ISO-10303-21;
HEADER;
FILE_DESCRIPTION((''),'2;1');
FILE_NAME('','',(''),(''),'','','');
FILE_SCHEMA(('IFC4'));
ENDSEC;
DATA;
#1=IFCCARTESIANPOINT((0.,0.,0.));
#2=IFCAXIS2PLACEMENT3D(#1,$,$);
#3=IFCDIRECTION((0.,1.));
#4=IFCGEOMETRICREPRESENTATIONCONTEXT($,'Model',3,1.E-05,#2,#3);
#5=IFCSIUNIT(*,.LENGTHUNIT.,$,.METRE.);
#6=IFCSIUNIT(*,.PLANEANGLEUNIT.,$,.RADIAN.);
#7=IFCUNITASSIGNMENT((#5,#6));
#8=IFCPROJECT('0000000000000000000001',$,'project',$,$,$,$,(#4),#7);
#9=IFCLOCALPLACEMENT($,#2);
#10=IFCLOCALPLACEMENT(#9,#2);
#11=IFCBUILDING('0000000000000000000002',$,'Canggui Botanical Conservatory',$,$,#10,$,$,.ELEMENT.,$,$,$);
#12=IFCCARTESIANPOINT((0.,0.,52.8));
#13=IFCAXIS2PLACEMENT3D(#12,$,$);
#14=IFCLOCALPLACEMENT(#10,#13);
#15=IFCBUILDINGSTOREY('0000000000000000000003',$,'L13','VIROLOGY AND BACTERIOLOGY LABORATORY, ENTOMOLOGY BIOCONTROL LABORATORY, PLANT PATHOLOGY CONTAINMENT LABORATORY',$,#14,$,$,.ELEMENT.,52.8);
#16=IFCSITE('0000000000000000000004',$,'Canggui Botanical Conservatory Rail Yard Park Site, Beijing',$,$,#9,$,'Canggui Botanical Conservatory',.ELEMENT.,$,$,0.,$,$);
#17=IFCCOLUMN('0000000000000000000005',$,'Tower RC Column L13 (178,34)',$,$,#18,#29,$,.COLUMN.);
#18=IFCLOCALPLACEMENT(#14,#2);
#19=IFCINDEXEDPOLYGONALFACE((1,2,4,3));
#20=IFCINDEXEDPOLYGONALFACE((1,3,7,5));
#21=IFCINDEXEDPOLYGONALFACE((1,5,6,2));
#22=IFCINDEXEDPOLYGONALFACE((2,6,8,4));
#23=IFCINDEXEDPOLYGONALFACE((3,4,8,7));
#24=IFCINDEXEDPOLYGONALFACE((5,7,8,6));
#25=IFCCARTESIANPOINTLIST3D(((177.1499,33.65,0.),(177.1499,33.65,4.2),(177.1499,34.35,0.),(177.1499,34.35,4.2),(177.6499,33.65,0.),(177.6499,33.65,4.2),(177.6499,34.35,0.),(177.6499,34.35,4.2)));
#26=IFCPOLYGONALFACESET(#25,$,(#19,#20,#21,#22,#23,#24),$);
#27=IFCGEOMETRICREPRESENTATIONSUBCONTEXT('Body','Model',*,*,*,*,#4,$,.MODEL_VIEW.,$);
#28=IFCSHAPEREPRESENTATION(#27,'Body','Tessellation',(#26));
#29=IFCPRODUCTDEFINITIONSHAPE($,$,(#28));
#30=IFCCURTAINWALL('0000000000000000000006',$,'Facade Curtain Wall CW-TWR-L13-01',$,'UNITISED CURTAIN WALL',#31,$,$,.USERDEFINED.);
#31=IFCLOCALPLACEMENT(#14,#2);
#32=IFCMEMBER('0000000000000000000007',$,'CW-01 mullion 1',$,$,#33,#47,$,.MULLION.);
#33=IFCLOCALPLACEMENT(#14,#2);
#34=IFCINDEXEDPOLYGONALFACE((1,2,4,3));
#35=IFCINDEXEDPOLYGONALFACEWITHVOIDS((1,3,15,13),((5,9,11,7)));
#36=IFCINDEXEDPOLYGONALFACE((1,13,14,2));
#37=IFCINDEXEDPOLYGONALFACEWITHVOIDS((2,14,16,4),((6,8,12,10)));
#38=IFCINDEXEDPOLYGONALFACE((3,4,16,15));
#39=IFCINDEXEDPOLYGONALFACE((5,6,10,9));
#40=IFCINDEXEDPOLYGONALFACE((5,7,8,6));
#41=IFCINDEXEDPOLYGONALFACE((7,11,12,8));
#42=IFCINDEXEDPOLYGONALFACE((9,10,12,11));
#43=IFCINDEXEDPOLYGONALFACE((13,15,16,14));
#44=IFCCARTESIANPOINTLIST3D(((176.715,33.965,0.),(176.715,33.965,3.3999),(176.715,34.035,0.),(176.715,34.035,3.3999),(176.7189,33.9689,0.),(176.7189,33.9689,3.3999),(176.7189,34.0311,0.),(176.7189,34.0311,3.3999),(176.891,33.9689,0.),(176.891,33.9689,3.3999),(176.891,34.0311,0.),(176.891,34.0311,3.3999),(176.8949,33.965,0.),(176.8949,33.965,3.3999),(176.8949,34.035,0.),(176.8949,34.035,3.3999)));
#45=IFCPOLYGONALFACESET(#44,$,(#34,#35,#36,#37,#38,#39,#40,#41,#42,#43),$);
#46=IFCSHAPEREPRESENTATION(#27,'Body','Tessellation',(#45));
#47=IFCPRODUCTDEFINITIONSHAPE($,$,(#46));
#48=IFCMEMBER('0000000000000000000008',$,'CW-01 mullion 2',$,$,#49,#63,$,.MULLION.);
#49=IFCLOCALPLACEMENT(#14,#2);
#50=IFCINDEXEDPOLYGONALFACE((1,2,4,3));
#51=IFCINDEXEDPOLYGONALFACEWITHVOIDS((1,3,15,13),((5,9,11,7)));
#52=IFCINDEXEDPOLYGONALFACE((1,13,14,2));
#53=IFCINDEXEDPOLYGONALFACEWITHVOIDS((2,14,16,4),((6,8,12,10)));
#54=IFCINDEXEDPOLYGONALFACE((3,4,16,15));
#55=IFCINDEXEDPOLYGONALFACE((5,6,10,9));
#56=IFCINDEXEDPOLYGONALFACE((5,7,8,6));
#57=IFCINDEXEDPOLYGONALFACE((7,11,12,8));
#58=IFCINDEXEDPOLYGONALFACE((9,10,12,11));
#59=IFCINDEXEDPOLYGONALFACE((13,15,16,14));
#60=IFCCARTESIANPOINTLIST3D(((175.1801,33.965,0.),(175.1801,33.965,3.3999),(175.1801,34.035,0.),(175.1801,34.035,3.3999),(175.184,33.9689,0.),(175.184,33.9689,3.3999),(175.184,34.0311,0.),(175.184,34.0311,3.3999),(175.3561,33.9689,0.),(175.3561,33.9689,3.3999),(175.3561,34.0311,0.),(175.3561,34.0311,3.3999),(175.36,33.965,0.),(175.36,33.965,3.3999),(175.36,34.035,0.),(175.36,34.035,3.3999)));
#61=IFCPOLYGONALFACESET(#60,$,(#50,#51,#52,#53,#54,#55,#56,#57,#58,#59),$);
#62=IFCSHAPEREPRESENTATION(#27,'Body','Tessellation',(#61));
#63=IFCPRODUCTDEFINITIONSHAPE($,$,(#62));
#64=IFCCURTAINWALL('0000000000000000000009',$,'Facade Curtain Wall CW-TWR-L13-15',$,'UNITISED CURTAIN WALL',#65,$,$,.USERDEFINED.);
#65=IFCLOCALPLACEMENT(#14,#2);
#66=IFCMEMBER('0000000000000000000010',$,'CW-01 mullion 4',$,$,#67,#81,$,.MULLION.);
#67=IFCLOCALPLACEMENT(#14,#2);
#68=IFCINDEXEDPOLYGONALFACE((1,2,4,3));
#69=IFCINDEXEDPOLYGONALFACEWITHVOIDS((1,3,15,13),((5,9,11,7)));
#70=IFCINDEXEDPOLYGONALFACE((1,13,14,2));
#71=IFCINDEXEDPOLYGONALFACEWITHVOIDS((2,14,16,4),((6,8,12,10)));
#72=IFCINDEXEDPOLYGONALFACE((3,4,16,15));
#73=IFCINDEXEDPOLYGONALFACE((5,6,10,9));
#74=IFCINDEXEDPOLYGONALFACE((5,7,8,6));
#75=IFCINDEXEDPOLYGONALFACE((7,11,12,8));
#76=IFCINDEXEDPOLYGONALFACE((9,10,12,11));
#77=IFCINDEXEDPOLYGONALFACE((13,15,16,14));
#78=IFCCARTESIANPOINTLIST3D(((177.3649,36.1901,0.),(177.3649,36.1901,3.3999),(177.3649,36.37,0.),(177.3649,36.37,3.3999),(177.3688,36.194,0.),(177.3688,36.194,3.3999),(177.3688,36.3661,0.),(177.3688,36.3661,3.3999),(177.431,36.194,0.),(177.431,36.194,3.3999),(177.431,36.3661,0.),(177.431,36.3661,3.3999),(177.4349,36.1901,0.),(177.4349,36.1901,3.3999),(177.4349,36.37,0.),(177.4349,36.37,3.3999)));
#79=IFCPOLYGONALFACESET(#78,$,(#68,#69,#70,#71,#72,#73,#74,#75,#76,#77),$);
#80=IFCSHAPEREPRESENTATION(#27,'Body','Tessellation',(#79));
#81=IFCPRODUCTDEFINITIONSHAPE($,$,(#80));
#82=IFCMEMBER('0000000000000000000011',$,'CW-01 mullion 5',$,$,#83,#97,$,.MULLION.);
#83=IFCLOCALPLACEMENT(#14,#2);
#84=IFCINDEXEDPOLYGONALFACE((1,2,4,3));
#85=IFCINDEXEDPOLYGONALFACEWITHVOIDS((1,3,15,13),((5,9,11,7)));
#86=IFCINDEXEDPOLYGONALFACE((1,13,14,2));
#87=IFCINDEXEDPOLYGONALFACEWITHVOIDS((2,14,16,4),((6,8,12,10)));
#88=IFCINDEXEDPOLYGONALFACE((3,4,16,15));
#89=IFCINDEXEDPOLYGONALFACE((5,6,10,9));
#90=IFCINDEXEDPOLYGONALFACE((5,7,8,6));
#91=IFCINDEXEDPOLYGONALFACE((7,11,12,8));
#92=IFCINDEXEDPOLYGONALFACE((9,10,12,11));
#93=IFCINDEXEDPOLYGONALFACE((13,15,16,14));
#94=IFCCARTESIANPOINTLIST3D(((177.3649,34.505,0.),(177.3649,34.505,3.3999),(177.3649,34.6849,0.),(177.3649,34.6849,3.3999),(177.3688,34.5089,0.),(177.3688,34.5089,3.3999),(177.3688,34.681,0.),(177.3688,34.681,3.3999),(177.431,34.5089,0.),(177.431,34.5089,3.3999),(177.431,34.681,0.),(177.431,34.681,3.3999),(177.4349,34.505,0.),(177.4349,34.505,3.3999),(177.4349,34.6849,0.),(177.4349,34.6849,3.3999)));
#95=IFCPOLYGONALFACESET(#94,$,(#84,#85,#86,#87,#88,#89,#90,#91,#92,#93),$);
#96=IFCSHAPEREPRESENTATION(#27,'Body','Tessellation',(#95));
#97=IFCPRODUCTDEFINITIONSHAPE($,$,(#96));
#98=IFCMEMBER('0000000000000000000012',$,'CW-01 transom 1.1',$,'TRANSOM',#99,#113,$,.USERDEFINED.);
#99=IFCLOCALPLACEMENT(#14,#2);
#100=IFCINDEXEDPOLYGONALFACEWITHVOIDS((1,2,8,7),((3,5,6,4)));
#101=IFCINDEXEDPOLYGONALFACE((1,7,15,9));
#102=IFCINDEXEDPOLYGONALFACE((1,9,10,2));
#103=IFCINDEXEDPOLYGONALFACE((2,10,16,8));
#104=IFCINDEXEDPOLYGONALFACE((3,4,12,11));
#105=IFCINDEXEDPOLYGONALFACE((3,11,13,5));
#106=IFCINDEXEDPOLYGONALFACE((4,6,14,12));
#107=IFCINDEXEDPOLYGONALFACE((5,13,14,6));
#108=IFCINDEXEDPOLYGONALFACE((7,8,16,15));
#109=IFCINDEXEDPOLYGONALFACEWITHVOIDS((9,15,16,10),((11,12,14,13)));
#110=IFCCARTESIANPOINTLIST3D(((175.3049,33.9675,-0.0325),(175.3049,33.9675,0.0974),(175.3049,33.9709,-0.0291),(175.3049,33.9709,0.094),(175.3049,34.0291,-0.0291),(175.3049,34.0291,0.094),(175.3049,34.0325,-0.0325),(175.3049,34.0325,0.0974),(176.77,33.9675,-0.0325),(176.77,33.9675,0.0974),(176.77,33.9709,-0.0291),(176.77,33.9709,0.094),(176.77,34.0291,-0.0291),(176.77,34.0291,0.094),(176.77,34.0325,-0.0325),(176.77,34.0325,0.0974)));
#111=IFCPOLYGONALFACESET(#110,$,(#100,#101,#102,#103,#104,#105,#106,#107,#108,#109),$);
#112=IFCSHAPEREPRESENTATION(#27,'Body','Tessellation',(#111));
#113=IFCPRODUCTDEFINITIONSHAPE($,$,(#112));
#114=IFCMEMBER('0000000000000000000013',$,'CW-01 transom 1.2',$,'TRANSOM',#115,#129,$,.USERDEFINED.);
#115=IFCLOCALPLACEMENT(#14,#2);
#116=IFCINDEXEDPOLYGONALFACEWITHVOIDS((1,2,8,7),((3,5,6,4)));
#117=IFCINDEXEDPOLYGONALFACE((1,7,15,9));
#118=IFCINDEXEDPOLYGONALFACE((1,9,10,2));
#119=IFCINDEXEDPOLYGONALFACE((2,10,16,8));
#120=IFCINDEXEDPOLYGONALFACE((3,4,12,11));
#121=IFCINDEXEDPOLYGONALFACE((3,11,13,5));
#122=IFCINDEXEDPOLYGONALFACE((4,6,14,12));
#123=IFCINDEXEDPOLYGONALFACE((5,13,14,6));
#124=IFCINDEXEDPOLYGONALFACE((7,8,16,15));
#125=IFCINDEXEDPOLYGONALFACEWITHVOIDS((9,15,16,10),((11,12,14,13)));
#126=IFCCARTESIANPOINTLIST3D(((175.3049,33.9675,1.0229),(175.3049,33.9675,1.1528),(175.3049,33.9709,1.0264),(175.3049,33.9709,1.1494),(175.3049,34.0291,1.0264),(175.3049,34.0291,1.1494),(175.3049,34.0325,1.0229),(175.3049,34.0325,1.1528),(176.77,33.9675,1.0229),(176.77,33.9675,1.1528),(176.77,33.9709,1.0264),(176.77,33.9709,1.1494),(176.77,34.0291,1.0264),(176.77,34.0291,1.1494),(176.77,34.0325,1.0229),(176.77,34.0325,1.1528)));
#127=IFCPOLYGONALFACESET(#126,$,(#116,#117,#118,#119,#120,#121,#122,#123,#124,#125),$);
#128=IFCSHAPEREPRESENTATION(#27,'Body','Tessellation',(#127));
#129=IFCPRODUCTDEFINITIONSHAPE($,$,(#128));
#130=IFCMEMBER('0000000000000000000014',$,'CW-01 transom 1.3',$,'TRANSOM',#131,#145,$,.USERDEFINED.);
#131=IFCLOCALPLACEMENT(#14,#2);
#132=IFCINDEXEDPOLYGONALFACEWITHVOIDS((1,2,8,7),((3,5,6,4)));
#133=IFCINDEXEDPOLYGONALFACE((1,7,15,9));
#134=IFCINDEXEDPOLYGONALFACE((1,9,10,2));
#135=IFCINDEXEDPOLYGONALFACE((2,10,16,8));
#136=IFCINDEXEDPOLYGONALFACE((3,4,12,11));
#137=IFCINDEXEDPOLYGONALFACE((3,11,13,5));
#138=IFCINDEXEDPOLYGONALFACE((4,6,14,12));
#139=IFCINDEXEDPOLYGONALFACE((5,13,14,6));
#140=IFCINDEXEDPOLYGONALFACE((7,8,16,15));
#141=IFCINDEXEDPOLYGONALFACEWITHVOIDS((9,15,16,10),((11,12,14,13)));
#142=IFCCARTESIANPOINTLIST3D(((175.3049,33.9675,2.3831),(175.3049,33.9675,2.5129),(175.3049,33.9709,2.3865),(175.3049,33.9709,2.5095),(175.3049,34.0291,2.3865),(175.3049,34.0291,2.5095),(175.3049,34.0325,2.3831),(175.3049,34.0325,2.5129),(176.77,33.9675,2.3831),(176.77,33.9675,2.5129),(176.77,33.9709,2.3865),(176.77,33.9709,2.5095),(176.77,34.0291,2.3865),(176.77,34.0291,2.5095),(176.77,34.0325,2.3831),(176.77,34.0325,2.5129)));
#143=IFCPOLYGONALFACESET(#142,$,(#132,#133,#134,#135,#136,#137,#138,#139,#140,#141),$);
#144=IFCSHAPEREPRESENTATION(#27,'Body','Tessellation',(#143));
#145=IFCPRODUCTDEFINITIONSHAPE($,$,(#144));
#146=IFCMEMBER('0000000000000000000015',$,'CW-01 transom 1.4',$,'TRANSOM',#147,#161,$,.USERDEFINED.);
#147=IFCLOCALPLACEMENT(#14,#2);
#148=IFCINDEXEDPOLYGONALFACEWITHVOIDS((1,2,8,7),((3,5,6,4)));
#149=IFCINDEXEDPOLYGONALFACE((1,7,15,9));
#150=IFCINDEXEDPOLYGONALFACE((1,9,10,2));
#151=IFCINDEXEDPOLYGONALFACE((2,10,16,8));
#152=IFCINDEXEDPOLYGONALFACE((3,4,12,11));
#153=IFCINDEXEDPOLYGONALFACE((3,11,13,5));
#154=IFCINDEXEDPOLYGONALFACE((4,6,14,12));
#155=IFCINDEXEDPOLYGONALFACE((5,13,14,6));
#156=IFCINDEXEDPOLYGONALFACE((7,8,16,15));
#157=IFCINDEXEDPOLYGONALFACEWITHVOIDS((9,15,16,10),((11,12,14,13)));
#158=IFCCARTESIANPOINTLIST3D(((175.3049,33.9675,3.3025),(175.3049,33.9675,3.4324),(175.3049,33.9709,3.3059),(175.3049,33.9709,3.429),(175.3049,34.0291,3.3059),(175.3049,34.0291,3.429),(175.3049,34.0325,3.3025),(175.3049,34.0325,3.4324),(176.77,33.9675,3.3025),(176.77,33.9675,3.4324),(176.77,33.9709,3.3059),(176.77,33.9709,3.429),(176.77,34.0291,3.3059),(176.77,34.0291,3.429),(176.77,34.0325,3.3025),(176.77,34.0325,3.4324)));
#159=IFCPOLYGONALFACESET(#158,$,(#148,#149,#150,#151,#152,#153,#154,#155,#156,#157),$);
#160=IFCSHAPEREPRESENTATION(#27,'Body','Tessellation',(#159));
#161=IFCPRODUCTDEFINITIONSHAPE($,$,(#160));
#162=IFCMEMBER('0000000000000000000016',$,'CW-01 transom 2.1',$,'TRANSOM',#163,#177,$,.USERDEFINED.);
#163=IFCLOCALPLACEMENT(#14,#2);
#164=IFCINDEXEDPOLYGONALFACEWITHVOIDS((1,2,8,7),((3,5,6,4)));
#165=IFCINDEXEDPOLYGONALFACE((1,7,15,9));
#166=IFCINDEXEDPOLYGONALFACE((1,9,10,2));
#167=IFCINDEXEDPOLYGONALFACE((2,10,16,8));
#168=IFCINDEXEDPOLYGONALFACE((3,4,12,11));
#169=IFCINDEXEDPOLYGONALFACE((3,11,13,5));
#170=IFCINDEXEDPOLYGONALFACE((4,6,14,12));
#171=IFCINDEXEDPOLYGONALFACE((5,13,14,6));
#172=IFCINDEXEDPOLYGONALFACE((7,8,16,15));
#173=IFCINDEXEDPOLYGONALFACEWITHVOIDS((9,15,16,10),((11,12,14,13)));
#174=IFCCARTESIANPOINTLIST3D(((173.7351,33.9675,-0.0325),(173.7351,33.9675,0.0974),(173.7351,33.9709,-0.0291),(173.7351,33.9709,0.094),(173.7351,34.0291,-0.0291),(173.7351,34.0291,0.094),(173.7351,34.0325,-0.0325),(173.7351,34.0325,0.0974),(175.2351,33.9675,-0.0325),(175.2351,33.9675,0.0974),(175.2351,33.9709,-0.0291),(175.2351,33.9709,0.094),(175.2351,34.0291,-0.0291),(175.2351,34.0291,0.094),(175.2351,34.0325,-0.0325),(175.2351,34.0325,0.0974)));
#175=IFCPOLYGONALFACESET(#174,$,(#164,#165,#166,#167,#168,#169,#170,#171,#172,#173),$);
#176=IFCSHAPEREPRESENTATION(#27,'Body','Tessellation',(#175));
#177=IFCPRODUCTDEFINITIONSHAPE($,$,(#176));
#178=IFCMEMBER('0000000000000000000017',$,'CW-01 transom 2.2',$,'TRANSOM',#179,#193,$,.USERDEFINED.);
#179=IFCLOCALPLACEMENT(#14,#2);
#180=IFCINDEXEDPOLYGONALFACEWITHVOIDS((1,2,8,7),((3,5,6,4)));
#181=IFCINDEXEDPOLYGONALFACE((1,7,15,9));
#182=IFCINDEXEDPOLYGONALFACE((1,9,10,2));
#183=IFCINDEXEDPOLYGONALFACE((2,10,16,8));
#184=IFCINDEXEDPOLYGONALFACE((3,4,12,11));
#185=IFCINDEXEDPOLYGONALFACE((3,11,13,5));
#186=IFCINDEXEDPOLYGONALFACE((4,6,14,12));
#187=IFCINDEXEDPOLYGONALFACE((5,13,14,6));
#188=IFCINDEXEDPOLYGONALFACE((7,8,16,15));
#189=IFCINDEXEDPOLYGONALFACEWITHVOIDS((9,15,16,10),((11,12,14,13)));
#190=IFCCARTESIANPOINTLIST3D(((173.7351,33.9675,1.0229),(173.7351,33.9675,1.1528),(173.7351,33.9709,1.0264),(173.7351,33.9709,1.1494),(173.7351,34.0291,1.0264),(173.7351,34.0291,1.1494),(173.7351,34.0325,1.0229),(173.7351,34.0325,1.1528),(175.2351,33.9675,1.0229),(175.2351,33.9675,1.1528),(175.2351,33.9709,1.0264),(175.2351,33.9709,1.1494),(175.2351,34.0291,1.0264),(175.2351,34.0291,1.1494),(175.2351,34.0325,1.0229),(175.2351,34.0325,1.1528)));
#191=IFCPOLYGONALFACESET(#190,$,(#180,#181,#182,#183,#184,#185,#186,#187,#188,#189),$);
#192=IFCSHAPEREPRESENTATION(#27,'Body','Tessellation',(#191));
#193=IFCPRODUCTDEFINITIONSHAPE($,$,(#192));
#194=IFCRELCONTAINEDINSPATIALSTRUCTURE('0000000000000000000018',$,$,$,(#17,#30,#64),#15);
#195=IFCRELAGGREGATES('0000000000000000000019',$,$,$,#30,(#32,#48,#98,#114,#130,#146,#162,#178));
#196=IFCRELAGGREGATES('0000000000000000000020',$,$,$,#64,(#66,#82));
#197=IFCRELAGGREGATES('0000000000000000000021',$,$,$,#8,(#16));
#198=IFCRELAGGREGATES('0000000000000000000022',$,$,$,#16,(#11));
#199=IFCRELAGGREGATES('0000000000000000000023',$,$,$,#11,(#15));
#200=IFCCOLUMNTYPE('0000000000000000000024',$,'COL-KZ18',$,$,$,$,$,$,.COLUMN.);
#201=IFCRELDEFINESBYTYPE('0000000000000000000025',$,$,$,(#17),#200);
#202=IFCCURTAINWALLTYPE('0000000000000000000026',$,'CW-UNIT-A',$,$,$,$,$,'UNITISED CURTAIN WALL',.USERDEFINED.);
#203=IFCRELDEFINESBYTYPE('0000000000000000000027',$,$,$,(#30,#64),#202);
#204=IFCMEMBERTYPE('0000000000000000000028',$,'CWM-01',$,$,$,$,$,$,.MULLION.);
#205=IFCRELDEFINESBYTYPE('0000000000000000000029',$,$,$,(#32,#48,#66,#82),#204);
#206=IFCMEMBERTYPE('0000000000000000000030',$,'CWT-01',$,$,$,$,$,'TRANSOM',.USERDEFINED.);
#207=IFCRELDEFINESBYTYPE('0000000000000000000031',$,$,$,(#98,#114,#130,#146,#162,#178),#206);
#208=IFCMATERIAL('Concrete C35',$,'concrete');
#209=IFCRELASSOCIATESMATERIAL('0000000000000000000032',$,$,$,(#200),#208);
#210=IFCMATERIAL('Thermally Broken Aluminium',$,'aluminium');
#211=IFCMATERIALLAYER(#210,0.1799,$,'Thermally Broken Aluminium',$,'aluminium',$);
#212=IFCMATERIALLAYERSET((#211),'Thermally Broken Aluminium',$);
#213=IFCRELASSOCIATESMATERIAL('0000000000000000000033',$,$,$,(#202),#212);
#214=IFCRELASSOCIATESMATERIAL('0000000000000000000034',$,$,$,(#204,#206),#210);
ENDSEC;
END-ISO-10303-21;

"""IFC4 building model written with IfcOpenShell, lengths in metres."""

from ifc_helpers import new_model, si_unit, direction, frame, origin, origin_2d, place, context, subcontext, project, spatial, rectangle, hollow_rectangle, extrude, material, layer, layer_set, material_profile, profile_set, type_object, element, aggregate, save


model = new_model("IFC4")

# Units and contexts
model_context = context("Model", 3, precision=1e-05, world=origin(), true_north=direction((0.0, 1.0)))
body_context = subcontext(model_context, "Body", "Model", "MODEL_VIEW")
ifc_project = project(units=[si_unit("LENGTHUNIT", "METRE"), si_unit("PLANEANGLEUNIT", "RADIAN")], contexts=[model_context])

# Site, building, storey
site_placement = place(None, origin())
site = spatial("IfcSite", under=ifc_project, at=site_placement, Name="Canggui Botanical Conservatory Rail Yard Park Site, Beijing", LongName="Canggui Botanical Conservatory", CompositionType="ELEMENT", RefElevation=0.0)
building_placement = place(site_placement, origin())
building = spatial("IfcBuilding", under=site, at=building_placement, Name="Canggui Botanical Conservatory", CompositionType="ELEMENT")
storey_placement = place(building_placement, frame((0.0, 0.0, 52.8)))
storey = spatial("IfcBuildingStorey", under=building, at=storey_placement, Name="L13", Description="VIROLOGY AND BACTERIOLOGY LABORATORY, ENTOMOLOGY BIOCONTROL LABORATORY, PLANT PATHOLOGY CONTAINMENT LABORATORY", CompositionType="ELEMENT", Elevation=52.8)

# Column
ifc_material_1 = material(Name="Concrete C35", Category="concrete")
ifc_material_profile_1 = material_profile(ifc_material_1, rectangle(XDim=0.5, YDim=0.7, at=origin_2d()), Name="RC 500x700")
ifc_profile_set_1 = profile_set([ifc_material_profile_1], Name="Concrete C35")
column_type = type_object("IfcColumnType", Name="COL-KZ18", PredefinedType="COLUMN", material=ifc_profile_set_1)
column_placement = place(storey_placement, frame((177.3999, 34.0, 0.0), z_axis=(0.0, 0.0, 1.0), x_axis=(1.0, 0.0, 0.0)))
element("IfcColumn", 1, at=column_placement, inside=storey, type_object=column_type, Name="Tower RC Column L13 (178,34)", PredefinedType="COLUMN", context=body_context, shape_type="SweptSolid", body=[
    extrude(rectangle(XDim=0.5, YDim=0.7, at=origin_2d()), origin(), (0.0, 0.0, 1.0), 4.2),
])

# Curtain walls, members
ifc_material_2 = material(Name="Thermally Broken Aluminium", Category="aluminium")
ifc_layer_1 = layer(ifc_material_2, 0.1799, Name="Thermally Broken Aluminium", Category="aluminium")
ifc_layer_set_1 = layer_set([ifc_layer_1], Name="Thermally Broken Aluminium")
curtain_wall_type = type_object("IfcCurtainWallType", Name="CW-UNIT-A", ElementType="UNITISED CURTAIN WALL", PredefinedType="USERDEFINED", material=ifc_layer_set_1)
curtain_wall_1_placement = place(storey_placement, origin())
curtain_wall_1 = element("IfcCurtainWall", 2, at=curtain_wall_1_placement, inside=storey, type_object=curtain_wall_type, Name="Facade Curtain Wall CW-TWR-L13-01", ObjectType="UNITISED CURTAIN WALL", PredefinedType="USERDEFINED")
ifc_material_profile_2 = material_profile(ifc_material_2, hollow_rectangle(XDim=0.0701, YDim=0.1799, WallThickness=0.0039, at=origin_2d()), Name="CWM 70x180x4")
ifc_profile_set_2 = profile_set([ifc_material_profile_2], Name="Thermally Broken Aluminium")
member_type_1 = type_object("IfcMemberType", Name="CWM-01", PredefinedType="MULLION", material=ifc_profile_set_2)
member_1_placement = place(storey_placement, frame((176.8049, 34.0, 0.0), z_axis=(0.0, 0.0, 1.0), x_axis=(0.0, -1.0, 0.0)))
member_1 = element("IfcMember", 3, at=member_1_placement, type_object=member_type_1, Name="CW-01 mullion 1", PredefinedType="MULLION", context=body_context, shape_type="SweptSolid", body=[
    extrude(hollow_rectangle(XDim=0.0701, YDim=0.1799, WallThickness=0.0039, at=origin_2d()), origin(), (0.0, 0.0, 1.0), 3.3999),
])
member_2_placement = place(storey_placement, frame((175.27, 34.0, 0.0), z_axis=(0.0, 0.0, 1.0), x_axis=(0.0, -1.0, 0.0)))
member_2 = element("IfcMember", 4, at=member_2_placement, type_object=member_type_1, Name="CW-01 mullion 2", PredefinedType="MULLION", context=body_context, shape_type="SweptSolid", body=[
    extrude(hollow_rectangle(XDim=0.0701, YDim=0.1799, WallThickness=0.0039, at=origin_2d()), origin(), (0.0, 0.0, 1.0), 3.3999),
])
curtain_wall_2_placement = place(storey_placement, origin())
curtain_wall_2 = element("IfcCurtainWall", 5, at=curtain_wall_2_placement, inside=storey, type_object=curtain_wall_type, Name="Facade Curtain Wall CW-TWR-L13-15", ObjectType="UNITISED CURTAIN WALL", PredefinedType="USERDEFINED")
member_3_placement = place(storey_placement, frame((177.3999, 36.28, 0.0), z_axis=(0.0, 0.0, 1.0), x_axis=(1.0, 0.0, 0.0)))
member_3 = element("IfcMember", 6, at=member_3_placement, type_object=member_type_1, Name="CW-01 mullion 4", PredefinedType="MULLION", context=body_context, shape_type="SweptSolid", body=[
    extrude(hollow_rectangle(XDim=0.0701, YDim=0.1799, WallThickness=0.0039, at=origin_2d()), origin(), (0.0, 0.0, 1.0), 3.3999),
])
member_4_placement = place(storey_placement, frame((177.3999, 34.595, 0.0), z_axis=(0.0, 0.0, 1.0), x_axis=(1.0, 0.0, 0.0)))
member_4 = element("IfcMember", 7, at=member_4_placement, type_object=member_type_1, Name="CW-01 mullion 5", PredefinedType="MULLION", context=body_context, shape_type="SweptSolid", body=[
    extrude(hollow_rectangle(XDim=0.0701, YDim=0.1799, WallThickness=0.0039, at=origin_2d()), origin(), (0.0, 0.0, 1.0), 3.3999),
])

# Members
ifc_material_profile_3 = material_profile(ifc_material_2, hollow_rectangle(XDim=0.0649, YDim=0.1299, WallThickness=0.0034, at=origin_2d()), Name="CWT 65x130x3.5")
ifc_profile_set_3 = profile_set([ifc_material_profile_3], Name="Thermally Broken Aluminium")
member_type_2 = type_object("IfcMemberType", Name="CWT-01", ElementType="TRANSOM", PredefinedType="USERDEFINED", material=ifc_profile_set_3)
member_5_placement = place(storey_placement, frame((176.77, 34.0, 0.0325), z_axis=(-1.0, 0.0, 0.0), x_axis=(0.0, -1.0, 0.0)))
member_5 = element("IfcMember", 8, at=member_5_placement, type_object=member_type_2, Name="CW-01 transom 1.1", ObjectType="TRANSOM", PredefinedType="USERDEFINED", context=body_context, shape_type="SweptSolid", body=[
    extrude(hollow_rectangle(XDim=0.0649, YDim=0.1299, WallThickness=0.0034, at=origin_2d()), origin(), (0.0, 0.0, 1.0), 1.4651),
])
member_6_placement = place(storey_placement, frame((176.77, 34.0, 1.0879), z_axis=(-1.0, 0.0, 0.0), x_axis=(0.0, -1.0, 0.0)))
member_6 = element("IfcMember", 9, at=member_6_placement, type_object=member_type_2, Name="CW-01 transom 1.2", ObjectType="TRANSOM", PredefinedType="USERDEFINED", context=body_context, shape_type="SweptSolid", body=[
    extrude(hollow_rectangle(XDim=0.0649, YDim=0.1299, WallThickness=0.0034, at=origin_2d()), origin(), (0.0, 0.0, 1.0), 1.4651),
])
member_7_placement = place(storey_placement, frame((176.77, 34.0, 2.448), z_axis=(-1.0, 0.0, 0.0), x_axis=(0.0, -1.0, 0.0)))
member_7 = element("IfcMember", 10, at=member_7_placement, type_object=member_type_2, Name="CW-01 transom 1.3", ObjectType="TRANSOM", PredefinedType="USERDEFINED", context=body_context, shape_type="SweptSolid", body=[
    extrude(hollow_rectangle(XDim=0.0649, YDim=0.1299, WallThickness=0.0034, at=origin_2d()), origin(), (0.0, 0.0, 1.0), 1.4651),
])
member_8_placement = place(storey_placement, frame((176.77, 34.0, 3.3674), z_axis=(-1.0, 0.0, 0.0), x_axis=(0.0, -1.0, 0.0)))
member_8 = element("IfcMember", 11, at=member_8_placement, type_object=member_type_2, Name="CW-01 transom 1.4", ObjectType="TRANSOM", PredefinedType="USERDEFINED", context=body_context, shape_type="SweptSolid", body=[
    extrude(hollow_rectangle(XDim=0.0649, YDim=0.1299, WallThickness=0.0034, at=origin_2d()), origin(), (0.0, 0.0, 1.0), 1.4651),
])
member_9_placement = place(storey_placement, frame((175.2351, 34.0, 0.0325), z_axis=(-1.0, 0.0, 0.0), x_axis=(0.0, -1.0, 0.0)))
member_9 = element("IfcMember", 12, at=member_9_placement, type_object=member_type_2, Name="CW-01 transom 2.1", ObjectType="TRANSOM", PredefinedType="USERDEFINED", context=body_context, shape_type="SweptSolid", body=[
    extrude(hollow_rectangle(XDim=0.0649, YDim=0.1299, WallThickness=0.0034, at=origin_2d()), origin(), (0.0, 0.0, 1.0), 1.5),
])
member_10_placement = place(storey_placement, frame((175.2351, 34.0, 1.0879), z_axis=(-1.0, 0.0, 0.0), x_axis=(0.0, -1.0, 0.0)))
member_10 = element("IfcMember", 13, at=member_10_placement, type_object=member_type_2, Name="CW-01 transom 2.2", ObjectType="TRANSOM", PredefinedType="USERDEFINED", context=body_context, shape_type="SweptSolid", body=[
    extrude(hollow_rectangle(XDim=0.0649, YDim=0.1299, WallThickness=0.0034, at=origin_2d()), origin(), (0.0, 0.0, 1.0), 1.5),
])

aggregate(curtain_wall_1, [member_1, member_2, member_5, member_6, member_7, member_8, member_9, member_10])
aggregate(curtain_wall_2, [member_3, member_4])

save(model, "model.ifc")
